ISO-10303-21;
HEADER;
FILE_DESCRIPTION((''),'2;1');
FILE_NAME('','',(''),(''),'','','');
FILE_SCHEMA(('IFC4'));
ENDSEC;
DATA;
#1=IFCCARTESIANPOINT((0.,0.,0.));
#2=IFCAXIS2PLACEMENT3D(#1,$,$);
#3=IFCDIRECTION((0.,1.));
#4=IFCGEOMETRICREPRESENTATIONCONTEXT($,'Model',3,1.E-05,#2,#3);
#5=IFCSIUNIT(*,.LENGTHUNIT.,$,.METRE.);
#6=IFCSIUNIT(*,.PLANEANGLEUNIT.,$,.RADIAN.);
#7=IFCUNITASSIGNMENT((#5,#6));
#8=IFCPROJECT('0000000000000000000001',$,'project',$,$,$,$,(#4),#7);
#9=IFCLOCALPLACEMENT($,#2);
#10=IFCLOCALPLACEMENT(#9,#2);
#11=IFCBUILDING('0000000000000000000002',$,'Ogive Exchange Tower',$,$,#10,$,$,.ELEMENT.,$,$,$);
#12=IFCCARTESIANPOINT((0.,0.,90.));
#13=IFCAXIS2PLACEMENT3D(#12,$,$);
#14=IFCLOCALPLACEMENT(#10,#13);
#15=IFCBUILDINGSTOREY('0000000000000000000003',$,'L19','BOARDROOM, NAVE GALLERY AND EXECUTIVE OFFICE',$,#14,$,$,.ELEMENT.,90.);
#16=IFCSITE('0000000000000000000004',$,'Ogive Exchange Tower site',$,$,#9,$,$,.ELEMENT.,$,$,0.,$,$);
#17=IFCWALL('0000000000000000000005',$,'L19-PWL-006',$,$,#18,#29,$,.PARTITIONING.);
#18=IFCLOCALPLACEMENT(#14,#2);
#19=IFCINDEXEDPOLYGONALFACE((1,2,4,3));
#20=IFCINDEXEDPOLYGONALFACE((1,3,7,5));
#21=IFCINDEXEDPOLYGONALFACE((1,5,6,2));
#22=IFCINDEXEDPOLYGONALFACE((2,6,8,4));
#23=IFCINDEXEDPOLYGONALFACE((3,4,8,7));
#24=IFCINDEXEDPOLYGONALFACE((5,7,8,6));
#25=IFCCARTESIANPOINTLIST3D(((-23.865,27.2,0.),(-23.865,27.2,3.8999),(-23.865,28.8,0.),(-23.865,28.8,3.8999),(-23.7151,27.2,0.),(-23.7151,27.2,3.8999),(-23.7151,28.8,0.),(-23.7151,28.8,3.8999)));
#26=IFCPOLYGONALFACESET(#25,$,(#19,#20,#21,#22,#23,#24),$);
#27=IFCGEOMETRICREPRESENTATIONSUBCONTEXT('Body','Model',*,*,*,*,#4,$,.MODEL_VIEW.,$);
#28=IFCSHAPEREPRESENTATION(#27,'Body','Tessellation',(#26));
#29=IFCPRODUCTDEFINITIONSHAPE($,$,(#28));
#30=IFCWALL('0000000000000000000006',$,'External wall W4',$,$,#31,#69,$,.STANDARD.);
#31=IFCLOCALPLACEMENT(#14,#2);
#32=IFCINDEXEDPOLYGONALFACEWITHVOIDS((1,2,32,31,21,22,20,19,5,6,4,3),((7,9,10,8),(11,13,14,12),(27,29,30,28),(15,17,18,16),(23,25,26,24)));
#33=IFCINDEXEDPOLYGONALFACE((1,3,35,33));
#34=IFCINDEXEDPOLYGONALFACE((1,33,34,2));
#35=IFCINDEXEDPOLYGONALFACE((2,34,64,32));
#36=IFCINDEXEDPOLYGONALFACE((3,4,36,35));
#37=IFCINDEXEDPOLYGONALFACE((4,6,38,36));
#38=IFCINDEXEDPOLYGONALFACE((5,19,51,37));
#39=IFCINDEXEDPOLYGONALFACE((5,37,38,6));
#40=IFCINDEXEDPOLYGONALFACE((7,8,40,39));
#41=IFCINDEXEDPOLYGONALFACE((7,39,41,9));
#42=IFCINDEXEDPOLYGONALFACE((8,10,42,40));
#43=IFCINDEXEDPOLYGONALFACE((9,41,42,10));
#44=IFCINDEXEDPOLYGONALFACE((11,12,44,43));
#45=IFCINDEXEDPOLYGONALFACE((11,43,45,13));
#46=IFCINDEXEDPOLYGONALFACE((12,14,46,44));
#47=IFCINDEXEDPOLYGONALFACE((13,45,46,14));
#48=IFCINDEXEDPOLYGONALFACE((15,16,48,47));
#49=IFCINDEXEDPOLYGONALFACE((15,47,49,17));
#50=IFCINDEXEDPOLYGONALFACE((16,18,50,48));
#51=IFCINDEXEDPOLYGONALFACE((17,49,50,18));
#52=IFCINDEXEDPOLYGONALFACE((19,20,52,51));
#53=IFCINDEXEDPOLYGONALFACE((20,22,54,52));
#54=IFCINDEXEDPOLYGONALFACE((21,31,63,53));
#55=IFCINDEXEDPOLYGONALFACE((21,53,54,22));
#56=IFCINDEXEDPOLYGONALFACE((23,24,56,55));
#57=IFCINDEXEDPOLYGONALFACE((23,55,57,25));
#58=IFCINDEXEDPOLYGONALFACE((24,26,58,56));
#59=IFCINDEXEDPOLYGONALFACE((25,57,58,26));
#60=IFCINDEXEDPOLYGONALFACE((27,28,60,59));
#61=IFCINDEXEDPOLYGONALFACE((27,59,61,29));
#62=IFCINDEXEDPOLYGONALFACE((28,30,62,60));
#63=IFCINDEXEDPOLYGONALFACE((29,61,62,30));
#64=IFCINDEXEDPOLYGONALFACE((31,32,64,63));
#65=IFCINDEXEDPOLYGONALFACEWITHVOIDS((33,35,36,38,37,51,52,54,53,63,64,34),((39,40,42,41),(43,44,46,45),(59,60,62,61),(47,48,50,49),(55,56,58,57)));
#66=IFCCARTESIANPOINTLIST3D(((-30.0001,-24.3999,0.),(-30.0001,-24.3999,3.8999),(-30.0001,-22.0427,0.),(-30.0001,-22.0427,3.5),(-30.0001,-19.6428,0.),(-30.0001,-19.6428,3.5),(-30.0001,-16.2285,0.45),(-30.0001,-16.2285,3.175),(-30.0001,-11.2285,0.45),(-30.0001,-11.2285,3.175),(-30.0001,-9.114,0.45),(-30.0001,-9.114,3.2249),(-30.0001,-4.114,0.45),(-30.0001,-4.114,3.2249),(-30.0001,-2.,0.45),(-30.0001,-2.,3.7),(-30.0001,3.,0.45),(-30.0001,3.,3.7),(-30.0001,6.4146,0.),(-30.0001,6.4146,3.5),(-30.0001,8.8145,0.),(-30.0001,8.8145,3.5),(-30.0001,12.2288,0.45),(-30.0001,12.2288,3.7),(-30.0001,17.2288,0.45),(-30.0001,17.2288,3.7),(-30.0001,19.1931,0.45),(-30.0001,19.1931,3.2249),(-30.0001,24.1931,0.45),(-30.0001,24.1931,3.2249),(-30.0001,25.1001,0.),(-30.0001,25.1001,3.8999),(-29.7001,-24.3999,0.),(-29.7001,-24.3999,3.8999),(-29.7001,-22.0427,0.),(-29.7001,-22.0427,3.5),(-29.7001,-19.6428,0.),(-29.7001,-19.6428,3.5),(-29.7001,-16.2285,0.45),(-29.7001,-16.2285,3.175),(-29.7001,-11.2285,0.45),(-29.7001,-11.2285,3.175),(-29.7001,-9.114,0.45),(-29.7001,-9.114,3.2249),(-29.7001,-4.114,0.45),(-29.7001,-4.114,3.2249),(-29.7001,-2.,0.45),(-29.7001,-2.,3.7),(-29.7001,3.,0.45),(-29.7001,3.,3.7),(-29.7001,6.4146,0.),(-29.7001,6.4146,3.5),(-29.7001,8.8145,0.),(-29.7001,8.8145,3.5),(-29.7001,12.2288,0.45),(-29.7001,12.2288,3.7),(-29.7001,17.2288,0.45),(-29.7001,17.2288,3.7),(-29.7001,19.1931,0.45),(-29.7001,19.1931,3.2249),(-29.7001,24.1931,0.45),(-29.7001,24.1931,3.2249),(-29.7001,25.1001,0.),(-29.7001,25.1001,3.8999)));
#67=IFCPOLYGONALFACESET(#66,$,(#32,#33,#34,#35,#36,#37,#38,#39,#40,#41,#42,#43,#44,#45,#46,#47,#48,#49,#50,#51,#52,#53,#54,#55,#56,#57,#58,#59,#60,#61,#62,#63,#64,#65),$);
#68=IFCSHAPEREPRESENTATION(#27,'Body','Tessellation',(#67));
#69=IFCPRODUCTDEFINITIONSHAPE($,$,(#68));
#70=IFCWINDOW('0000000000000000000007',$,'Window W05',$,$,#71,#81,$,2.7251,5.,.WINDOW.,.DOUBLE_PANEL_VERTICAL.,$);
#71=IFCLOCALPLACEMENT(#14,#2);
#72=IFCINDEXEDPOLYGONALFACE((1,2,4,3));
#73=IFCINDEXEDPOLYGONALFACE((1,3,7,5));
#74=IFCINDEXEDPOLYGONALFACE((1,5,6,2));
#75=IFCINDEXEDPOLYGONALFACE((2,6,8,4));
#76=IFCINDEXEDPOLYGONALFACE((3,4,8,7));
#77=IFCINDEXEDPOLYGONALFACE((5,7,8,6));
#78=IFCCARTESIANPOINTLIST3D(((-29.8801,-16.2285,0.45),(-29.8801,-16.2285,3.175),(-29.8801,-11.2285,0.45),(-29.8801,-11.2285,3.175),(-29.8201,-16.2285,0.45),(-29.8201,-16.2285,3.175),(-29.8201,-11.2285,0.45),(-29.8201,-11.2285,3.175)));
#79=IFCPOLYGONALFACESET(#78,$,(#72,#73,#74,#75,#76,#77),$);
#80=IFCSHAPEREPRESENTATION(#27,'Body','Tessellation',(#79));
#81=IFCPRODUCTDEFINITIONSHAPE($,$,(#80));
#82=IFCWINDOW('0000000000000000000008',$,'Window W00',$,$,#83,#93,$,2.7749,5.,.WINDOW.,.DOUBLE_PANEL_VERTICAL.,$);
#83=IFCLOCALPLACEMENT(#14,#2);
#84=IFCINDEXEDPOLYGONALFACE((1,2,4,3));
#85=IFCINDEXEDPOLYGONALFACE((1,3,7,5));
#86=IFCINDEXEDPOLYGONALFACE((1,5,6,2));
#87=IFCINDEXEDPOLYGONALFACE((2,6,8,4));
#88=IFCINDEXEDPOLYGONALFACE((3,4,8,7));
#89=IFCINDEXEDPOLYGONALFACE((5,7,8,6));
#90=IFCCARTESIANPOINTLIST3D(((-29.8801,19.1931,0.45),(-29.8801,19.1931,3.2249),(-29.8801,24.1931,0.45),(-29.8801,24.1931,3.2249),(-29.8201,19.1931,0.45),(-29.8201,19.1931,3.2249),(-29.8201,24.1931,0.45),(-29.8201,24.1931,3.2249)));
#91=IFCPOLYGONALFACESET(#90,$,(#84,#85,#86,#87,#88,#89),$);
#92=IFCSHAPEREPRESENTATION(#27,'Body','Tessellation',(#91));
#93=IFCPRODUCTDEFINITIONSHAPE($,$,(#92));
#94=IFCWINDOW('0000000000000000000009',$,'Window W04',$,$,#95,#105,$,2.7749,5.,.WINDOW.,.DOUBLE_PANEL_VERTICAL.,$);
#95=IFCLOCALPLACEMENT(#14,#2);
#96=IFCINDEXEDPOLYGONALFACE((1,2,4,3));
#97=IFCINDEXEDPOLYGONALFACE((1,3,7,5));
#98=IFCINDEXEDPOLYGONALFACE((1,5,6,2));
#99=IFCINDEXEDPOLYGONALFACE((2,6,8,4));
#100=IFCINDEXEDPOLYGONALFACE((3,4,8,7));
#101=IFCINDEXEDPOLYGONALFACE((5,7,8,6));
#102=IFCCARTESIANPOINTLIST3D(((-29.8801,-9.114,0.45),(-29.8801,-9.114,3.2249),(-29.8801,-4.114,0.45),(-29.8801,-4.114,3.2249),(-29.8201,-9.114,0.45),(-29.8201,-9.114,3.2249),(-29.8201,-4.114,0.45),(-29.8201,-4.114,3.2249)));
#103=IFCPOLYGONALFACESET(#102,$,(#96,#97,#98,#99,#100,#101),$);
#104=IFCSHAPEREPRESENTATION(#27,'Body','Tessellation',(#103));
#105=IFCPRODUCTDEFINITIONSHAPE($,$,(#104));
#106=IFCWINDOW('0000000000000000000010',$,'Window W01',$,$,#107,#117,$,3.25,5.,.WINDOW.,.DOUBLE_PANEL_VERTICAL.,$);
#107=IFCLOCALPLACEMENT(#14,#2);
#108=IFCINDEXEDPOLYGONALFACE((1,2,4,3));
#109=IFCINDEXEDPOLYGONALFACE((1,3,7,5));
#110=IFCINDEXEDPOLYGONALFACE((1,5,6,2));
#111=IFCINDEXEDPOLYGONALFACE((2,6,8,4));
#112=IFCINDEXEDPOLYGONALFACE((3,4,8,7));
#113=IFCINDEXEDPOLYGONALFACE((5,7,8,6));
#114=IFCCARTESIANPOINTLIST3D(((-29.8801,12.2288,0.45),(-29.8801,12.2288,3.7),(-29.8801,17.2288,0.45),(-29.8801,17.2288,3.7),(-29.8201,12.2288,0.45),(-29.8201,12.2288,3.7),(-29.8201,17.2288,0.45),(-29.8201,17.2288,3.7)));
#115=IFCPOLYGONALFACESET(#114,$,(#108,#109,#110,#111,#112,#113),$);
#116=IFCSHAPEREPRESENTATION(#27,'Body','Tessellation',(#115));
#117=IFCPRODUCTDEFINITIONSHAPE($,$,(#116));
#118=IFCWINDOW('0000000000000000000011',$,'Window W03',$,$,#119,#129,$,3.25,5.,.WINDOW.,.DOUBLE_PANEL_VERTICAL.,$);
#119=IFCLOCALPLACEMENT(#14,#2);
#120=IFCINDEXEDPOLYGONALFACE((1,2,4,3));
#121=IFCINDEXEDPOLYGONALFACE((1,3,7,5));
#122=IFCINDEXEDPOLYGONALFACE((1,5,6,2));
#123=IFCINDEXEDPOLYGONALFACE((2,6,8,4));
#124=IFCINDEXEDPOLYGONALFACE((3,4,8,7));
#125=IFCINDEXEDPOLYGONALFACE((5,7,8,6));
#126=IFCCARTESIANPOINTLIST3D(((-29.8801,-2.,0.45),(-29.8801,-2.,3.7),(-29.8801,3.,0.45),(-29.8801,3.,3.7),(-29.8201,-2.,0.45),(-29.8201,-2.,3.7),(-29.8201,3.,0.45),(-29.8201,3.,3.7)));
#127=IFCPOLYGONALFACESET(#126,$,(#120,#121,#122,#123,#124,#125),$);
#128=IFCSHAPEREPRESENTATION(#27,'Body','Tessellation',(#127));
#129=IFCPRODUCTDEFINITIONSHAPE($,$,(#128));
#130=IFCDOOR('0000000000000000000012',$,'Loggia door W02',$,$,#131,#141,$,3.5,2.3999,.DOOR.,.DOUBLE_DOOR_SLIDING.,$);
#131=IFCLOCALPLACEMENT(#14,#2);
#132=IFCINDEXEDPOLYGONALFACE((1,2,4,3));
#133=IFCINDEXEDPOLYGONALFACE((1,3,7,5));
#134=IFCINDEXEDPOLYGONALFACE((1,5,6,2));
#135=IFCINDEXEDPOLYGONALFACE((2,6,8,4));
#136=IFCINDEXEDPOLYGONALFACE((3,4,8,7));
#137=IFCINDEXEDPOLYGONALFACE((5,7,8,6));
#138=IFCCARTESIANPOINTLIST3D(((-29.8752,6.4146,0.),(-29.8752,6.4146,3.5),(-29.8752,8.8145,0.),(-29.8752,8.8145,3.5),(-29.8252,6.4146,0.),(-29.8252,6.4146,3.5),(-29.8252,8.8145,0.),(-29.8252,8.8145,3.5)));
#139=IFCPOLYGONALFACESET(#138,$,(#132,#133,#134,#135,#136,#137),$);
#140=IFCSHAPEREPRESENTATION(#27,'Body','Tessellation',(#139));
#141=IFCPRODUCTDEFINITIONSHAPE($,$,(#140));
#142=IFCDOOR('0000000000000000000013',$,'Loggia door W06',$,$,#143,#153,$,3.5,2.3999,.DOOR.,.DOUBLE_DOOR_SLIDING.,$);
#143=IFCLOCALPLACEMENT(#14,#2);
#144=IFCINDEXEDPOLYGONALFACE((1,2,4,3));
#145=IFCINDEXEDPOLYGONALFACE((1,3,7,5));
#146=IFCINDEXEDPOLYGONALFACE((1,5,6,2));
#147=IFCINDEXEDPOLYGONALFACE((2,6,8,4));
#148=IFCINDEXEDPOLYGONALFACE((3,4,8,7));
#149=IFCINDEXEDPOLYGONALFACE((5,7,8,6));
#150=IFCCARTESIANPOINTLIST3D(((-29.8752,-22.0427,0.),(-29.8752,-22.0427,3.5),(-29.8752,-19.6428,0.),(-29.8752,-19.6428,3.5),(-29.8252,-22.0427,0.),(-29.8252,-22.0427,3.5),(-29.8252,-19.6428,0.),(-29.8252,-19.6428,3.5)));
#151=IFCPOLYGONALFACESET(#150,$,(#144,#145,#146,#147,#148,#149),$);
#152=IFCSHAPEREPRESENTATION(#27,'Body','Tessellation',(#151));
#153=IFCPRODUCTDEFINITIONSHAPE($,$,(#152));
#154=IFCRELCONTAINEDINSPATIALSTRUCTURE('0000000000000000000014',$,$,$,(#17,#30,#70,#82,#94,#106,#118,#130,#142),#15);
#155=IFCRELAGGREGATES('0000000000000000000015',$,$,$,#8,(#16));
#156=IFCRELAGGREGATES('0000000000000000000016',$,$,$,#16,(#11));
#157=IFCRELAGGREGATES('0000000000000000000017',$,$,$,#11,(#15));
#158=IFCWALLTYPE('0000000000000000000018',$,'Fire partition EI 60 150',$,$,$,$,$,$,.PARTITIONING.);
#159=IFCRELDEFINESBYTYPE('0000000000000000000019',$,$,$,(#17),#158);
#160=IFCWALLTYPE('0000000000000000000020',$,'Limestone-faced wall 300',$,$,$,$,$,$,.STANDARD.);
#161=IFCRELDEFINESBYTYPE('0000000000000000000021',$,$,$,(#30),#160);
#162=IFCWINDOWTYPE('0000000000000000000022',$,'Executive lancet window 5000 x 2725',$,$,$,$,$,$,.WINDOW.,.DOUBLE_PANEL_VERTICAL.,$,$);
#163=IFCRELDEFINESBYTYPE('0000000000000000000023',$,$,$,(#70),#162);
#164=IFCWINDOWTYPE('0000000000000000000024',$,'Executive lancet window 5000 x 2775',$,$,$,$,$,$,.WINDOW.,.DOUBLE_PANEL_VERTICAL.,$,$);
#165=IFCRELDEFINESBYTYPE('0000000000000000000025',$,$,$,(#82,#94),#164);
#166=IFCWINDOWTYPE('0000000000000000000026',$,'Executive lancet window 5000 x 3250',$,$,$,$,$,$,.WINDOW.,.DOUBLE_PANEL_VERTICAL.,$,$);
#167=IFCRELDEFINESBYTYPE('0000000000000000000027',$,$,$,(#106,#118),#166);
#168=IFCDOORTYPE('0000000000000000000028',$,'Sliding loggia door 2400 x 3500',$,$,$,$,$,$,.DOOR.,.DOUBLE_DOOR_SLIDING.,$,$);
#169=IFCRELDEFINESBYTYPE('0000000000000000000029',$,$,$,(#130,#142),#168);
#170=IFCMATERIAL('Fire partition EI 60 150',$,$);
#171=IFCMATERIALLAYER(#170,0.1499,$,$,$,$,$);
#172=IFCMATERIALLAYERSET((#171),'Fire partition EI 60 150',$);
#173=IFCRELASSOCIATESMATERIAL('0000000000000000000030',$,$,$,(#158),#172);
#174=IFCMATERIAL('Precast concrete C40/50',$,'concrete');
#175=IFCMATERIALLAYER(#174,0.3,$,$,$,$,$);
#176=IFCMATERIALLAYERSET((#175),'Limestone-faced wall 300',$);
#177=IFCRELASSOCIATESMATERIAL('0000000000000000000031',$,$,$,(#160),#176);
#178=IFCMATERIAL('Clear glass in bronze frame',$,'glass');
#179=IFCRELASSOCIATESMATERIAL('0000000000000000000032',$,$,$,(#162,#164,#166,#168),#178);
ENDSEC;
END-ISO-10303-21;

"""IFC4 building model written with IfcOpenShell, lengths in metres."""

from ifc_helpers import new_model, si_unit, direction, frame, frame_2d, origin, place, context, subcontext, project, spatial, rectangle, extrude, material, layer, layer_set, type_object, element, fill, save


model = new_model("IFC4")

# Units and contexts
model_context = context("Model", 3, precision=1e-05, world=origin(), true_north=direction((0.0, 1.0)))
body_context = subcontext(model_context, "Body", "Model", "MODEL_VIEW")
ifc_project = project(units=[si_unit("LENGTHUNIT", "METRE"), si_unit("PLANEANGLEUNIT", "RADIAN")], contexts=[model_context])

# Site, building, storey
site_placement = place(None, origin())
site = spatial("IfcSite", under=ifc_project, at=site_placement, Name="Ogive Exchange Tower site", CompositionType="ELEMENT", RefElevation=0.0)
building_placement = place(site_placement, origin())
building = spatial("IfcBuilding", under=site, at=building_placement, Name="Ogive Exchange Tower", CompositionType="ELEMENT")
storey_placement = place(building_placement, frame((0.0, 0.0, 90.0)))
storey = spatial("IfcBuildingStorey", under=building, at=storey_placement, Name="L19", Description="BOARDROOM, NAVE GALLERY AND EXECUTIVE OFFICE", CompositionType="ELEMENT", Elevation=90.0)

# Wall
ifc_material_1 = material(Name="Fire partition EI 60 150")
ifc_layer_1 = layer(ifc_material_1, 0.1499)
ifc_layer_set_1 = layer_set([ifc_layer_1], Name="Fire partition EI 60 150")
wall_type_1 = type_object("IfcWallType", Name="Fire partition EI 60 150", PredefinedType="PARTITIONING", material=ifc_layer_set_1)
wall_1_placement = place(storey_placement, frame((-23.79, 27.2, 0.0), z_axis=(0.0, 0.0, 1.0), x_axis=(0.0, 1.0, 0.0)))
element("IfcWall", 1, at=wall_1_placement, inside=storey, type_object=wall_type_1, Name="L19-PWL-006", PredefinedType="PARTITIONING", context=body_context, shape_type="SweptSolid", body=[
    extrude(rectangle(XDim=1.6001, YDim=0.1499, at=frame_2d((0.8, 0.0))), origin(), (0.0, 0.0, 1.0), 3.8999),
])

# Wall, openings, windows, doors
ifc_material_2 = material(Name="Precast concrete C40/50", Category="concrete")
ifc_layer_2 = layer(ifc_material_2, 0.3)
ifc_layer_set_2 = layer_set([ifc_layer_2], Name="Limestone-faced wall 300")
wall_type_2 = type_object("IfcWallType", Name="Limestone-faced wall 300", PredefinedType="STANDARD", material=ifc_layer_set_2)
wall_2_placement = place(storey_placement, frame((-29.8501, 25.1001, 0.0), z_axis=(0.0, 0.0, 1.0), x_axis=(0.0, -1.0, 0.0)))
wall_2 = element("IfcWall", 2, at=wall_2_placement, inside=storey, type_object=wall_type_2, Name="External wall W4", PredefinedType="STANDARD", context=body_context, shape_type="SweptSolid", body=[
    extrude(rectangle(XDim=49.5, YDim=0.3, at=frame_2d((24.75, 0.0))), origin(), (0.0, 0.0, 1.0), 3.8999),
])
opening_1_placement = place(wall_2_placement, frame((0.907, 0.0, 0.45)))
opening_1 = element("IfcOpeningElement", 3, at=opening_1_placement, cuts=wall_2, PredefinedType="OPENING", context=body_context, shape_type="SweptSolid", body=[
    extrude(rectangle(XDim=5.0, YDim=2.7749, at=frame_2d((2.5, 1.3875))), frame((0.0, 0.1599, 0.0), z_axis=(0.0, -1.0, 0.0), x_axis=(1.0, 0.0, 0.0)), (0.0, 0.0, 1.0), 0.3201),
])
opening_2_placement = place(wall_2_placement, frame((7.8713, 0.0, 0.45)))
opening_2 = element("IfcOpeningElement", 4, at=opening_2_placement, cuts=wall_2, PredefinedType="OPENING", context=body_context, shape_type="SweptSolid", body=[
    extrude(rectangle(XDim=5.0, YDim=3.25, at=frame_2d((2.5, 1.625))), frame((0.0, 0.1599, 0.0), z_axis=(0.0, -1.0, 0.0), x_axis=(1.0, 0.0, 0.0)), (0.0, 0.0, 1.0), 0.3201),
])
opening_3_placement = place(wall_2_placement, frame((16.2856, 0.0, 0.0)))
opening_3 = element("IfcOpeningElement", 5, at=opening_3_placement, cuts=wall_2, PredefinedType="OPENING", context=body_context, shape_type="SweptSolid", body=[
    extrude(rectangle(XDim=2.3999, YDim=3.5, at=frame_2d((1.2, 1.75))), frame((0.0, 0.1599, 0.0), z_axis=(0.0, -1.0, 0.0), x_axis=(1.0, 0.0, 0.0)), (0.0, 0.0, 1.0), 0.3201),
])
opening_4_placement = place(wall_2_placement, frame((22.1001, 0.0, 0.45)))
opening_4 = element("IfcOpeningElement", 6, at=opening_4_placement, cuts=wall_2, PredefinedType="OPENING", context=body_context, shape_type="SweptSolid", body=[
    extrude(rectangle(XDim=5.0, YDim=3.25, at=frame_2d((2.5, 1.625))), frame((0.0, 0.1599, 0.0), z_axis=(0.0, -1.0, 0.0), x_axis=(1.0, 0.0, 0.0)), (0.0, 0.0, 1.0), 0.3201),
])
opening_5_placement = place(wall_2_placement, frame((29.2141, 0.0, 0.45)))
opening_5 = element("IfcOpeningElement", 7, at=opening_5_placement, cuts=wall_2, PredefinedType="OPENING", context=body_context, shape_type="SweptSolid", body=[
    extrude(rectangle(XDim=5.0, YDim=2.7749, at=frame_2d((2.5, 1.3875))), frame((0.0, 0.1599, 0.0), z_axis=(0.0, -1.0, 0.0), x_axis=(1.0, 0.0, 0.0)), (0.0, 0.0, 1.0), 0.3201),
])
opening_6_placement = place(wall_2_placement, frame((36.3286, 0.0, 0.45)))
opening_6 = element("IfcOpeningElement", 8, at=opening_6_placement, cuts=wall_2, PredefinedType="OPENING", context=body_context, shape_type="SweptSolid", body=[
    extrude(rectangle(XDim=5.0, YDim=2.7251, at=frame_2d((2.5, 1.3625))), frame((0.0, 0.1599, 0.0), z_axis=(0.0, -1.0, 0.0), x_axis=(1.0, 0.0, 0.0)), (0.0, 0.0, 1.0), 0.3201),
])
opening_7_placement = place(wall_2_placement, frame((44.7429, 0.0, 0.0)))
opening_7 = element("IfcOpeningElement", 9, at=opening_7_placement, cuts=wall_2, PredefinedType="OPENING", context=body_context, shape_type="SweptSolid", body=[
    extrude(rectangle(XDim=2.3999, YDim=3.5, at=frame_2d((1.2, 1.75))), frame((0.0, 0.1599, 0.0), z_axis=(0.0, -1.0, 0.0), x_axis=(1.0, 0.0, 0.0)), (0.0, 0.0, 1.0), 0.3201),
])
ifc_material_3 = material(Name="Clear glass in bronze frame", Category="glass")
window_type_1 = type_object("IfcWindowType", Name="Executive lancet window 5000 x 2725", PartitioningType="DOUBLE_PANEL_VERTICAL", PredefinedType="WINDOW", material=ifc_material_3)
window_1_placement = place(opening_6_placement, origin())
window_1 = element("IfcWindow", 10, at=window_1_placement, inside=storey, type_object=window_type_1, Name="Window W05", OverallHeight=2.7251, OverallWidth=5.0, PartitioningType="DOUBLE_PANEL_VERTICAL", PredefinedType="WINDOW", context=body_context, shape_type="SweptSolid", body=[
    extrude(rectangle(XDim=5.0, YDim=2.7251, at=frame_2d((2.5, 1.3625))), frame((0.0, 0.03, 0.0), z_axis=(0.0, -1.0, 0.0), x_axis=(1.0, 0.0, 0.0)), (0.0, 0.0, 1.0), 0.0601),
])
fill(opening_6, window_1)
window_type_2 = type_object("IfcWindowType", Name="Executive lancet window 5000 x 2775", PartitioningType="DOUBLE_PANEL_VERTICAL", PredefinedType="WINDOW", material=ifc_material_3)
window_2_placement = place(opening_1_placement, origin())
window_2 = element("IfcWindow", 11, at=window_2_placement, inside=storey, type_object=window_type_2, Name="Window W00", OverallHeight=2.7749, OverallWidth=5.0, PartitioningType="DOUBLE_PANEL_VERTICAL", PredefinedType="WINDOW", context=body_context, shape_type="SweptSolid", body=[
    extrude(rectangle(XDim=5.0, YDim=2.7749, at=frame_2d((2.5, 1.3875))), frame((0.0, 0.03, 0.0), z_axis=(0.0, -1.0, 0.0), x_axis=(1.0, 0.0, 0.0)), (0.0, 0.0, 1.0), 0.0601),
])
fill(opening_1, window_2)
window_3_placement = place(opening_5_placement, origin())
window_3 = element("IfcWindow", 12, at=window_3_placement, inside=storey, type_object=window_type_2, Name="Window W04", OverallHeight=2.7749, OverallWidth=5.0, PartitioningType="DOUBLE_PANEL_VERTICAL", PredefinedType="WINDOW", context=body_context, shape_type="SweptSolid", body=[
    extrude(rectangle(XDim=5.0, YDim=2.7749, at=frame_2d((2.5, 1.3875))), frame((0.0, 0.03, 0.0), z_axis=(0.0, -1.0, 0.0), x_axis=(1.0, 0.0, 0.0)), (0.0, 0.0, 1.0), 0.0601),
])
fill(opening_5, window_3)
window_type_3 = type_object("IfcWindowType", Name="Executive lancet window 5000 x 3250", PartitioningType="DOUBLE_PANEL_VERTICAL", PredefinedType="WINDOW", material=ifc_material_3)
window_4_placement = place(opening_2_placement, origin())
window_4 = element("IfcWindow", 13, at=window_4_placement, inside=storey, type_object=window_type_3, Name="Window W01", OverallHeight=3.25, OverallWidth=5.0, PartitioningType="DOUBLE_PANEL_VERTICAL", PredefinedType="WINDOW", context=body_context, shape_type="SweptSolid", body=[
    extrude(rectangle(XDim=5.0, YDim=3.25, at=frame_2d((2.5, 1.625))), frame((0.0, 0.03, 0.0), z_axis=(0.0, -1.0, 0.0), x_axis=(1.0, 0.0, 0.0)), (0.0, 0.0, 1.0), 0.0601),
])
fill(opening_2, window_4)
window_5_placement = place(opening_4_placement, origin())
window_5 = element("IfcWindow", 14, at=window_5_placement, inside=storey, type_object=window_type_3, Name="Window W03", OverallHeight=3.25, OverallWidth=5.0, PartitioningType="DOUBLE_PANEL_VERTICAL", PredefinedType="WINDOW", context=body_context, shape_type="SweptSolid", body=[
    extrude(rectangle(XDim=5.0, YDim=3.25, at=frame_2d((2.5, 1.625))), frame((0.0, 0.03, 0.0), z_axis=(0.0, -1.0, 0.0), x_axis=(1.0, 0.0, 0.0)), (0.0, 0.0, 1.0), 0.0601),
])
fill(opening_4, window_5)
door_type = type_object("IfcDoorType", Name="Sliding loggia door 2400 x 3500", OperationType="DOUBLE_DOOR_SLIDING", PredefinedType="DOOR", material=ifc_material_3)
door_1_placement = place(opening_3_placement, origin())
door_1 = element("IfcDoor", 15, at=door_1_placement, inside=storey, type_object=door_type, Name="Loggia door W02", OperationType="DOUBLE_DOOR_SLIDING", OverallHeight=3.5, OverallWidth=2.3999, PredefinedType="DOOR", context=body_context, shape_type="SweptSolid", body=[
    extrude(rectangle(XDim=2.3999, YDim=3.5, at=frame_2d((1.2, 1.75))), frame((0.0, 0.0249, 0.0), z_axis=(0.0, -1.0, 0.0), x_axis=(1.0, 0.0, 0.0)), (0.0, 0.0, 1.0), 0.05),
])
fill(opening_3, door_1)
door_2_placement = place(opening_7_placement, origin())
door_2 = element("IfcDoor", 16, at=door_2_placement, inside=storey, type_object=door_type, Name="Loggia door W06", OperationType="DOUBLE_DOOR_SLIDING", OverallHeight=3.5, OverallWidth=2.3999, PredefinedType="DOOR", context=body_context, shape_type="SweptSolid", body=[
    extrude(rectangle(XDim=2.3999, YDim=3.5, at=frame_2d((1.2, 1.75))), frame((0.0, 0.0249, 0.0), z_axis=(0.0, -1.0, 0.0), x_axis=(1.0, 0.0, 0.0)), (0.0, 0.0, 1.0), 0.05),
])
fill(opening_7, door_2)

save(model, "model.ifc")
